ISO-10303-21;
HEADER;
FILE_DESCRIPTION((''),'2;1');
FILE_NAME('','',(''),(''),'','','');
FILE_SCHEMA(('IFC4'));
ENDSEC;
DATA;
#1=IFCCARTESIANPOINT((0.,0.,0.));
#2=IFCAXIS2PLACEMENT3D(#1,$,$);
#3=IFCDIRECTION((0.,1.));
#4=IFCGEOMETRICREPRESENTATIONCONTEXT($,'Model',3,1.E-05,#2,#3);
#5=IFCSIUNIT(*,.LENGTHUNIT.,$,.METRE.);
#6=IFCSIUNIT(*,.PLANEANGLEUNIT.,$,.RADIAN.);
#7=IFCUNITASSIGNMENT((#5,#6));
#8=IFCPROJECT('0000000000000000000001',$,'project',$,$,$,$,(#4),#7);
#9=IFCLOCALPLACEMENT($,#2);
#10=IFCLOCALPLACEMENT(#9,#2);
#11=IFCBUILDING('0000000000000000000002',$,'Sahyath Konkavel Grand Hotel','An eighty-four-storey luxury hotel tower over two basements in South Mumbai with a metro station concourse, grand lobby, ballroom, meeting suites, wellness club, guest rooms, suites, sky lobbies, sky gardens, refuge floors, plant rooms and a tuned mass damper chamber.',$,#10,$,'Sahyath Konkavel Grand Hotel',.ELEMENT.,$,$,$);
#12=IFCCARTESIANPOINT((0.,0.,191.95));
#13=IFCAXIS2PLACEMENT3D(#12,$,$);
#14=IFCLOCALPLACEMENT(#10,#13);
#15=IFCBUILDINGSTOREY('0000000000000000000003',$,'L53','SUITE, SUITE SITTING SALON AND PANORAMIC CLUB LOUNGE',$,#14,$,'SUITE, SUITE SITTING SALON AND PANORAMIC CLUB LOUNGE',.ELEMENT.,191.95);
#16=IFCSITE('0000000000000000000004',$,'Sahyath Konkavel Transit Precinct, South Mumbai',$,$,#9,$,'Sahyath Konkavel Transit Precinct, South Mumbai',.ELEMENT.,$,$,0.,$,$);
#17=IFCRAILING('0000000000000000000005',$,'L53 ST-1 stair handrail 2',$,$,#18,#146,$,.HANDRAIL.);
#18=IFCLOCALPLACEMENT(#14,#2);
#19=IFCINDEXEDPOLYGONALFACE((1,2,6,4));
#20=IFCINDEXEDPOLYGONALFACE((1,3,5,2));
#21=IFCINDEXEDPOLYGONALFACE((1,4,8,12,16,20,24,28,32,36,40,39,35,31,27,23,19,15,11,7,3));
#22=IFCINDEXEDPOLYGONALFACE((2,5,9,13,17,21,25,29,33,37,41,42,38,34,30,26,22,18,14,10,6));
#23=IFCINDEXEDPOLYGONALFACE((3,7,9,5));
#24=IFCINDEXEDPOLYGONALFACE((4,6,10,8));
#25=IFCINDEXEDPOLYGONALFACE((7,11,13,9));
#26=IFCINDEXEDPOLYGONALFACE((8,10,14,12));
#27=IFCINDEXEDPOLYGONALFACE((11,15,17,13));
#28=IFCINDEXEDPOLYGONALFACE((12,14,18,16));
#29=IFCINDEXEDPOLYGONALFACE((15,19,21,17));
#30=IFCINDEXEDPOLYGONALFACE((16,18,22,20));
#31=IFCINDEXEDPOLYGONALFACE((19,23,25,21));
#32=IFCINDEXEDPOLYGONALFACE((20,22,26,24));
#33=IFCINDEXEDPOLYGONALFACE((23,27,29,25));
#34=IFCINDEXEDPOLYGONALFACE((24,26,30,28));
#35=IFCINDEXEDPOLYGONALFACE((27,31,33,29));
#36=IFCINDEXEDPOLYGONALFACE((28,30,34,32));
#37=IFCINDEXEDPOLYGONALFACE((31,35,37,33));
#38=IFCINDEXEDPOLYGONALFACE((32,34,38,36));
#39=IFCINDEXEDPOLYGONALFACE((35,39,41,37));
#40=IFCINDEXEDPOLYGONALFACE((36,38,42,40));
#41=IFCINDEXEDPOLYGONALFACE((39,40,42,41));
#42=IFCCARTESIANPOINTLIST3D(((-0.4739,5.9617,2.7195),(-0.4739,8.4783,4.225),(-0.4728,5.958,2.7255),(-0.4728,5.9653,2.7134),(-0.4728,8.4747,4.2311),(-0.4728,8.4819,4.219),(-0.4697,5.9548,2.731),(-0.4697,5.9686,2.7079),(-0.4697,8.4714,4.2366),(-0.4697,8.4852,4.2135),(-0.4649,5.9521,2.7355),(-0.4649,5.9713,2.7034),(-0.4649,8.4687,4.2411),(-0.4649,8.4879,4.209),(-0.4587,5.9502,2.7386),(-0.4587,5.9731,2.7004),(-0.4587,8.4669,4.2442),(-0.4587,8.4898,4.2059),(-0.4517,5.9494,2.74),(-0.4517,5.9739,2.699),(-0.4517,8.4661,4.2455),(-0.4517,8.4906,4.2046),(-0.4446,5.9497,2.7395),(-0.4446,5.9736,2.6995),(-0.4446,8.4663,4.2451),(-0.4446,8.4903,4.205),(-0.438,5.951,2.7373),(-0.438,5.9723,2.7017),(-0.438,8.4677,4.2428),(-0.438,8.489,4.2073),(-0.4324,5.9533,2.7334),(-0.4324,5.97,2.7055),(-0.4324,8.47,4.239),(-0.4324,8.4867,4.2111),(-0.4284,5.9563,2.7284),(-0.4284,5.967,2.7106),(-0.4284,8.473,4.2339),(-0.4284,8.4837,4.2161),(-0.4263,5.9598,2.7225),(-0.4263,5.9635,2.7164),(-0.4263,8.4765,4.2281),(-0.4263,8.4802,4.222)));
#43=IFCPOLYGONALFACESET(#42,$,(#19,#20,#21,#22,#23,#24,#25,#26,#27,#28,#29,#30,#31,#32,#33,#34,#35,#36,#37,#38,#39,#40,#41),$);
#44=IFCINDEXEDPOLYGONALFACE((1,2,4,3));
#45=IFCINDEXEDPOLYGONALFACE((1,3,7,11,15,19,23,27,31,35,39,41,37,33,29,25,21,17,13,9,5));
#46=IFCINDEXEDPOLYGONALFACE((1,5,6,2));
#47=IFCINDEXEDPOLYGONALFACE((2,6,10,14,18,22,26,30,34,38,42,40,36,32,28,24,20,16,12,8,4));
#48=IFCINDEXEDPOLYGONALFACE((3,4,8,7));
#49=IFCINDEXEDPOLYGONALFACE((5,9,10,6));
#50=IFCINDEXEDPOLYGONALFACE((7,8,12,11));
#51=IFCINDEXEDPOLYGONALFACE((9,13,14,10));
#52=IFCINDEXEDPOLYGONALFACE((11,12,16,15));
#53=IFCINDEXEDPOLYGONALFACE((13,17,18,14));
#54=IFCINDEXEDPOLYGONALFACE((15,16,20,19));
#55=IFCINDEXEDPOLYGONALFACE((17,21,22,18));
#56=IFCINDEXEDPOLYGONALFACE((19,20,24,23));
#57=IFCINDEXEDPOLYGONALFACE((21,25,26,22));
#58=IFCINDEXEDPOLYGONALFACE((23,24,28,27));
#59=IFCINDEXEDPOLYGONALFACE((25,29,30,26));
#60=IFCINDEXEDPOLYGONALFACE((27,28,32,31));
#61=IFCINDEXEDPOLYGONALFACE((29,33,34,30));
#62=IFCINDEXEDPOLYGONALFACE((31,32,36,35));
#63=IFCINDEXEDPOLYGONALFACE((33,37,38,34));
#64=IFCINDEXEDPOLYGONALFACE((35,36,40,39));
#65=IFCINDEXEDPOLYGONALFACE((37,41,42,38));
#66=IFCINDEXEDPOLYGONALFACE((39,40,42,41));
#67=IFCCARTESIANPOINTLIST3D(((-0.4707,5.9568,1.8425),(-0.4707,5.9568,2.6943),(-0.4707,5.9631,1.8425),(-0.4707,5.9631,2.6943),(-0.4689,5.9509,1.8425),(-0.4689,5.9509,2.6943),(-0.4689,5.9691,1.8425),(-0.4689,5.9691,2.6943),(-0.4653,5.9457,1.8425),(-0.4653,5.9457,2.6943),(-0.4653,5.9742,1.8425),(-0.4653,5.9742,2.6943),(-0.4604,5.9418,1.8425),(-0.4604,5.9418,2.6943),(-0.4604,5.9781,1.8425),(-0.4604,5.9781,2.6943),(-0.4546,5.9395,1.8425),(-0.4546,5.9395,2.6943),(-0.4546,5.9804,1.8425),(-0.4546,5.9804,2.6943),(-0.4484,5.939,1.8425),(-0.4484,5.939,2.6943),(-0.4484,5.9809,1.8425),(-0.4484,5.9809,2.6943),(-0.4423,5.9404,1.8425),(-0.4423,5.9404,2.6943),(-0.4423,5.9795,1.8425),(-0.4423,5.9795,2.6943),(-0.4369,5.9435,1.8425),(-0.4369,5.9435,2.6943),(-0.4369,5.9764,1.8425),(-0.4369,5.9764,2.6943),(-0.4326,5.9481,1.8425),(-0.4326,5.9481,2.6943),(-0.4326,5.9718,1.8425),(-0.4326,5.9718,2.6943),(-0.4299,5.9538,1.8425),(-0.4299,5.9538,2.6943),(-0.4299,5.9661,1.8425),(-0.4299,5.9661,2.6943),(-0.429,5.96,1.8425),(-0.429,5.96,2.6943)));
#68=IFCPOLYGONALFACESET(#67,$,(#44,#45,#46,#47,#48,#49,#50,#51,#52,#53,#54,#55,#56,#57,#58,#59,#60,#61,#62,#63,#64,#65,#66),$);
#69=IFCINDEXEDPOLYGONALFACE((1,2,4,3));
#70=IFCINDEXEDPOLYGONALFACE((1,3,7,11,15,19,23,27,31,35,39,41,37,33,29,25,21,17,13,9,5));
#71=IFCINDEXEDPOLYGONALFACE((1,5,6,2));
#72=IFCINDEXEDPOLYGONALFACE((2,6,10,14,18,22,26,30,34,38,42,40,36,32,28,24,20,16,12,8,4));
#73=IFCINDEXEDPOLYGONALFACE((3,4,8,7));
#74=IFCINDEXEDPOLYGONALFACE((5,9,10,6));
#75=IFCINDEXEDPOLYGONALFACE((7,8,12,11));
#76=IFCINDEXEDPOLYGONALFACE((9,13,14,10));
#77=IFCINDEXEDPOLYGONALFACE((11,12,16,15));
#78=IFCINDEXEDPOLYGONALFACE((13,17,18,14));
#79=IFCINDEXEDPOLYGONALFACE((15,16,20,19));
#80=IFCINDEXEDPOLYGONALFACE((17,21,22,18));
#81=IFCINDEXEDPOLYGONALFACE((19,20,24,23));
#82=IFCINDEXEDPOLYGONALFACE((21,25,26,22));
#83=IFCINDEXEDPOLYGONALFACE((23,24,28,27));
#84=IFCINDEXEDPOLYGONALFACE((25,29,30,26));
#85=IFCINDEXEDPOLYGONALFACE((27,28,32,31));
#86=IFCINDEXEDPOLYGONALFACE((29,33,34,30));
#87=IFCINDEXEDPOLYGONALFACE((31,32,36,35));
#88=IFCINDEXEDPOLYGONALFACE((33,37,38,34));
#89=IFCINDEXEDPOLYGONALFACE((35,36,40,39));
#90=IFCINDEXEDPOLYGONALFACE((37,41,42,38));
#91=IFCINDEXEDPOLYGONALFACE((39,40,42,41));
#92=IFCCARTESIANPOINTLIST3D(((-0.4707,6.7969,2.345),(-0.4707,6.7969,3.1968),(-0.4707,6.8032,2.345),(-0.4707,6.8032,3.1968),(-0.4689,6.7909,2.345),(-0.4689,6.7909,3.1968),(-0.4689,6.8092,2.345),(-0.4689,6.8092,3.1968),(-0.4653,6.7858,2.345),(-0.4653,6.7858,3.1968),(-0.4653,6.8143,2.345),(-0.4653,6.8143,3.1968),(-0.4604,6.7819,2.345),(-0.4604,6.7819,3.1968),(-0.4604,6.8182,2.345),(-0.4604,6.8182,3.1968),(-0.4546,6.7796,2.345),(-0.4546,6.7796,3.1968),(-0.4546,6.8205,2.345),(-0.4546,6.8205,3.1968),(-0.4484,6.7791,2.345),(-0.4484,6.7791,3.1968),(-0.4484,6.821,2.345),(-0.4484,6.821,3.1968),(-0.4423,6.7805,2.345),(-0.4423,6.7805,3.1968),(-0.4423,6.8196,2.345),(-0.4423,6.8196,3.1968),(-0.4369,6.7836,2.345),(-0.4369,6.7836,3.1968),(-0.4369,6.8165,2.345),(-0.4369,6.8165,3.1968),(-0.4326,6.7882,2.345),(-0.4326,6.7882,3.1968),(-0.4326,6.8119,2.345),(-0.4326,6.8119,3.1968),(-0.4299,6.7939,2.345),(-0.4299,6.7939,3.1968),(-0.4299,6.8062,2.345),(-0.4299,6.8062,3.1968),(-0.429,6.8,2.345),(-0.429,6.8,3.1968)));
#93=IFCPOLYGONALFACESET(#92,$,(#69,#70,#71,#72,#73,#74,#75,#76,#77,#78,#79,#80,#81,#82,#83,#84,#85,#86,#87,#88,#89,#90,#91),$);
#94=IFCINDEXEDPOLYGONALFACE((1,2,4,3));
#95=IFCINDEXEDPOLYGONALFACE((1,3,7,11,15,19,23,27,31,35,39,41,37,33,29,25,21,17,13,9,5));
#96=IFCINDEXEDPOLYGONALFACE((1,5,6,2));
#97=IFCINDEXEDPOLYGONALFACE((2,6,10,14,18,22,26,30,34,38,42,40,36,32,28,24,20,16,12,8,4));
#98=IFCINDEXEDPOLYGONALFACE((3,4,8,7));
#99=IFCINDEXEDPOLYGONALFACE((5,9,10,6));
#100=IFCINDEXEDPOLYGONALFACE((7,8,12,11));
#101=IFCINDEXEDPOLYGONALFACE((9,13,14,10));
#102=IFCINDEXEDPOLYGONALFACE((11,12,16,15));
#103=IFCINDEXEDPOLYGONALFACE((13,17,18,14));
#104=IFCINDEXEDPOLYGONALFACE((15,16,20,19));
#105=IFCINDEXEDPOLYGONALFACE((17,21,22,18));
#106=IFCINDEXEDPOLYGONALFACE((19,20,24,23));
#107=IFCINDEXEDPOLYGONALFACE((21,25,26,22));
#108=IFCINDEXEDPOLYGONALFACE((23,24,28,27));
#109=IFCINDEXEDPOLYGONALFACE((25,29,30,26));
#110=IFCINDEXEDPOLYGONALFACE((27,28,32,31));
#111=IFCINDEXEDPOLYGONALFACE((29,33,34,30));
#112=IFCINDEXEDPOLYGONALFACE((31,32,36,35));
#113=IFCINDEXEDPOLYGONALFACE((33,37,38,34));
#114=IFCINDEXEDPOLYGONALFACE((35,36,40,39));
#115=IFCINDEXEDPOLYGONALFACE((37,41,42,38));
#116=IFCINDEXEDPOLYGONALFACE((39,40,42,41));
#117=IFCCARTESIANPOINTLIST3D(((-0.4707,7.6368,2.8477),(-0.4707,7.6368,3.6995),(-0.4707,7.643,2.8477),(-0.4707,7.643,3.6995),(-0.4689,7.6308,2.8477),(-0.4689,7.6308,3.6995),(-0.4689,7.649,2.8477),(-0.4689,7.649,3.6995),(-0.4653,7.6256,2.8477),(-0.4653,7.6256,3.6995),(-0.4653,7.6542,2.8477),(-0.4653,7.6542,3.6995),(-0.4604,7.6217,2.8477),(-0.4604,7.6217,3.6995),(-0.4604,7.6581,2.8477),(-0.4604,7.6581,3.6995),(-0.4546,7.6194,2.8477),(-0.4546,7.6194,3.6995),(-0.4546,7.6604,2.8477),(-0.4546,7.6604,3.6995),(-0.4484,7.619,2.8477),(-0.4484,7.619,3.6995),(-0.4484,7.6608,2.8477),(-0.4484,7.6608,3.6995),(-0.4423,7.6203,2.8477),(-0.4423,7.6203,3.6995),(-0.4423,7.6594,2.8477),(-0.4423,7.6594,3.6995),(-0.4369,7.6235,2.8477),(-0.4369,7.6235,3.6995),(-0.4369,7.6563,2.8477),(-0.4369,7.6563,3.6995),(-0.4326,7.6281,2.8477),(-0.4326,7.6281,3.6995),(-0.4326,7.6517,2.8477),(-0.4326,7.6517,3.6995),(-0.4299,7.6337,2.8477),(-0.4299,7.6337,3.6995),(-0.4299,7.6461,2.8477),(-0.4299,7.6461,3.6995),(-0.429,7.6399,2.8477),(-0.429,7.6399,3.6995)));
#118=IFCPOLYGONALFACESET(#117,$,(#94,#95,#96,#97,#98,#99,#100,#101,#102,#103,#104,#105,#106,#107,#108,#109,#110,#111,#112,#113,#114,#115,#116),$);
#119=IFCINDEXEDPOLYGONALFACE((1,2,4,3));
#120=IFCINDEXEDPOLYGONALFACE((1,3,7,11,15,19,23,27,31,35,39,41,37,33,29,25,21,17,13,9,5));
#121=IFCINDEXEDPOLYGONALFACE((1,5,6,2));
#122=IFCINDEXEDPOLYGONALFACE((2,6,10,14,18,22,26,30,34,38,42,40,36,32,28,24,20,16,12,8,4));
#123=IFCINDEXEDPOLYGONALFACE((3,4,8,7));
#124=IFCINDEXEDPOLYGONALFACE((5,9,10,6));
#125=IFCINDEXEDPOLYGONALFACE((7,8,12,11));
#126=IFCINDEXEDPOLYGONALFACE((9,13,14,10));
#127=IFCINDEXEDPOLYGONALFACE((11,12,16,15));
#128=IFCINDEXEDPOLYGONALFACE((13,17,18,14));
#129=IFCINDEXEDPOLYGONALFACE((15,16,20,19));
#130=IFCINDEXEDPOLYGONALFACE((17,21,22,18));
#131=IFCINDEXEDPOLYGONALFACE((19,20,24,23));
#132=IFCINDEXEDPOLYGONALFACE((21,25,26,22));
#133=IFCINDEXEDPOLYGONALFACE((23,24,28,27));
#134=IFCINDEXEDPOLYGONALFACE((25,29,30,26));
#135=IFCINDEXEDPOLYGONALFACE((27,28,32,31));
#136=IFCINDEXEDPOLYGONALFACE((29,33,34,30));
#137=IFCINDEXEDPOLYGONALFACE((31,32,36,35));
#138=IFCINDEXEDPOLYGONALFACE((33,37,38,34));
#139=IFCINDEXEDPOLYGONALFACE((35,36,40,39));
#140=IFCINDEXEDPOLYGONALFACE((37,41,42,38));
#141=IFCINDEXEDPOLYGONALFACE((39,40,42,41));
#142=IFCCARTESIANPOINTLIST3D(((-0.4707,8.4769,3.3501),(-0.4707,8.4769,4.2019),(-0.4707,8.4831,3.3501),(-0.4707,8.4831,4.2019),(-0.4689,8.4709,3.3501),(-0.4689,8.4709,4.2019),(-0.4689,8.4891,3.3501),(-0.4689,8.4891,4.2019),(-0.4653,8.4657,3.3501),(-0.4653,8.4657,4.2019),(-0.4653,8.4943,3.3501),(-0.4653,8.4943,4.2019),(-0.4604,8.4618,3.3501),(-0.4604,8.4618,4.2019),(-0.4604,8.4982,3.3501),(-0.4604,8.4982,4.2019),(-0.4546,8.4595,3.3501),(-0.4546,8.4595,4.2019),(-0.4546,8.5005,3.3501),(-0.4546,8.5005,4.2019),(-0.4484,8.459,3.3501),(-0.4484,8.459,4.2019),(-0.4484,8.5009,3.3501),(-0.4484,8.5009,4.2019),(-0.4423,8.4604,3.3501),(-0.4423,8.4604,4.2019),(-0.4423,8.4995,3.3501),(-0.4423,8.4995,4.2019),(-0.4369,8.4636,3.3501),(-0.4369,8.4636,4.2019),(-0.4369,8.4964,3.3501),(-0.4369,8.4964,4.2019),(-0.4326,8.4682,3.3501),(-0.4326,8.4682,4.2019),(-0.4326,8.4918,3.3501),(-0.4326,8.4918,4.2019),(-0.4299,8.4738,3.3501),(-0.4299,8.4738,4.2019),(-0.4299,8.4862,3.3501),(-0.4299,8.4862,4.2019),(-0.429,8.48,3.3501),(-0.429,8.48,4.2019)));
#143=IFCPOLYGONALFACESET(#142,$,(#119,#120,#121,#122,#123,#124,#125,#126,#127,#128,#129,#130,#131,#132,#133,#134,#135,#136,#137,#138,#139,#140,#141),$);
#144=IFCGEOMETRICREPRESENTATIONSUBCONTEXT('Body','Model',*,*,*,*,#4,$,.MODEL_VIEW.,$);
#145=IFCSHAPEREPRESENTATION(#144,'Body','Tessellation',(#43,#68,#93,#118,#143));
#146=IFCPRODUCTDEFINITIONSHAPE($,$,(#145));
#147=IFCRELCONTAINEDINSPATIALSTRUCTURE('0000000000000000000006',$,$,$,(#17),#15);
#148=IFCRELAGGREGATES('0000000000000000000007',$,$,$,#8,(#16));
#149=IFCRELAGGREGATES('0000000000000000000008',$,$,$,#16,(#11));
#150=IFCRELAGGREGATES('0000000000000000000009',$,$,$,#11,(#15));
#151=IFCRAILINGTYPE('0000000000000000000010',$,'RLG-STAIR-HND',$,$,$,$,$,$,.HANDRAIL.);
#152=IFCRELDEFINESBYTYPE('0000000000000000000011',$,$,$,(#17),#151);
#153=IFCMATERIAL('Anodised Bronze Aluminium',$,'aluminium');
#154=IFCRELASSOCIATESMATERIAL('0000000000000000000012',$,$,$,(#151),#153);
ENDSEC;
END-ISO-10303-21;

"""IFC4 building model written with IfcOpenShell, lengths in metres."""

from ifc_helpers import new_model, si_unit, direction, frame, origin, origin_2d, place, context, subcontext, project, spatial, circle, extrude, material, type_object, element, save


model = new_model("IFC4")

# Units and contexts
model_context = context("Model", 3, precision=1e-05, world=origin(), true_north=direction((0.0, 1.0)))
body_context = subcontext(model_context, "Body", "Model", "MODEL_VIEW")
ifc_project = project(units=[si_unit("LENGTHUNIT", "METRE"), si_unit("PLANEANGLEUNIT", "RADIAN")], contexts=[model_context])

# Site, building, storey
site_placement = place(None, origin())
site = spatial("IfcSite", under=ifc_project, at=site_placement, Name="Sahyath Konkavel Transit Precinct, South Mumbai", LongName="Sahyath Konkavel Transit Precinct, South Mumbai", CompositionType="ELEMENT", RefElevation=0.0)
building_placement = place(site_placement, origin())
building = spatial("IfcBuilding", under=site, at=building_placement, Name="Sahyath Konkavel Grand Hotel", Description="An eighty-four-storey luxury hotel tower over two basements in South Mumbai with a metro station concourse, grand lobby, ballroom, meeting suites, wellness club, guest rooms, suites, sky lobbies, sky gardens, refuge floors, plant rooms and a tuned mass damper chamber.", LongName="Sahyath Konkavel Grand Hotel", CompositionType="ELEMENT")
storey_placement = place(building_placement, frame((0.0, 0.0, 191.95)))
storey = spatial("IfcBuildingStorey", under=building, at=storey_placement, Name="L53", Description="SUITE, SUITE SITTING SALON AND PANORAMIC CLUB LOUNGE", LongName="SUITE, SUITE SITTING SALON AND PANORAMIC CLUB LOUNGE", CompositionType="ELEMENT", Elevation=191.95)

# Shared definitions
ifc_material_1 = material(Name="Anodised Bronze Aluminium", Category="aluminium")

# Railing
railing_type_1 = type_object("IfcRailingType", Name="RLG-STAIR-HND", PredefinedType="HANDRAIL", material=ifc_material_1)
railing_1_placement = place(storey_placement, frame((-0.45, 5.96, 1.8425)))
element("IfcRailing", 1, at=railing_1_placement, inside=storey, type_object=railing_type_1, Name="L53 ST-1 stair handrail 2", PredefinedType="HANDRAIL", context=body_context, shape_type="SweptSolid", body=[
    extrude(circle(Radius=0.0239, at=origin_2d()), frame((0.0, 0.0017, 0.877), z_axis=(0.0, 0.85816, 0.513383), x_axis=(-1.0, 0.0, 0.0)), (0.0, 0.0, 1.0), 2.9326),
    extrude(circle(Radius=0.021, at=origin_2d()), origin(), (0.0, 0.0, 1.0), 0.8518),
    extrude(circle(Radius=0.021, at=origin_2d()), frame((0.0, 0.8401, 0.5024)), (0.0, 0.0, 1.0), 0.8518),
    extrude(circle(Radius=0.021, at=origin_2d()), frame((0.0, 1.6799, 1.0051)), (0.0, 0.0, 1.0), 0.8518),
    extrude(circle(Radius=0.021, at=origin_2d()), frame((0.0, 2.52, 1.5076)), (0.0, 0.0, 1.0), 0.8518),
])

save(model, "model.ifc")
